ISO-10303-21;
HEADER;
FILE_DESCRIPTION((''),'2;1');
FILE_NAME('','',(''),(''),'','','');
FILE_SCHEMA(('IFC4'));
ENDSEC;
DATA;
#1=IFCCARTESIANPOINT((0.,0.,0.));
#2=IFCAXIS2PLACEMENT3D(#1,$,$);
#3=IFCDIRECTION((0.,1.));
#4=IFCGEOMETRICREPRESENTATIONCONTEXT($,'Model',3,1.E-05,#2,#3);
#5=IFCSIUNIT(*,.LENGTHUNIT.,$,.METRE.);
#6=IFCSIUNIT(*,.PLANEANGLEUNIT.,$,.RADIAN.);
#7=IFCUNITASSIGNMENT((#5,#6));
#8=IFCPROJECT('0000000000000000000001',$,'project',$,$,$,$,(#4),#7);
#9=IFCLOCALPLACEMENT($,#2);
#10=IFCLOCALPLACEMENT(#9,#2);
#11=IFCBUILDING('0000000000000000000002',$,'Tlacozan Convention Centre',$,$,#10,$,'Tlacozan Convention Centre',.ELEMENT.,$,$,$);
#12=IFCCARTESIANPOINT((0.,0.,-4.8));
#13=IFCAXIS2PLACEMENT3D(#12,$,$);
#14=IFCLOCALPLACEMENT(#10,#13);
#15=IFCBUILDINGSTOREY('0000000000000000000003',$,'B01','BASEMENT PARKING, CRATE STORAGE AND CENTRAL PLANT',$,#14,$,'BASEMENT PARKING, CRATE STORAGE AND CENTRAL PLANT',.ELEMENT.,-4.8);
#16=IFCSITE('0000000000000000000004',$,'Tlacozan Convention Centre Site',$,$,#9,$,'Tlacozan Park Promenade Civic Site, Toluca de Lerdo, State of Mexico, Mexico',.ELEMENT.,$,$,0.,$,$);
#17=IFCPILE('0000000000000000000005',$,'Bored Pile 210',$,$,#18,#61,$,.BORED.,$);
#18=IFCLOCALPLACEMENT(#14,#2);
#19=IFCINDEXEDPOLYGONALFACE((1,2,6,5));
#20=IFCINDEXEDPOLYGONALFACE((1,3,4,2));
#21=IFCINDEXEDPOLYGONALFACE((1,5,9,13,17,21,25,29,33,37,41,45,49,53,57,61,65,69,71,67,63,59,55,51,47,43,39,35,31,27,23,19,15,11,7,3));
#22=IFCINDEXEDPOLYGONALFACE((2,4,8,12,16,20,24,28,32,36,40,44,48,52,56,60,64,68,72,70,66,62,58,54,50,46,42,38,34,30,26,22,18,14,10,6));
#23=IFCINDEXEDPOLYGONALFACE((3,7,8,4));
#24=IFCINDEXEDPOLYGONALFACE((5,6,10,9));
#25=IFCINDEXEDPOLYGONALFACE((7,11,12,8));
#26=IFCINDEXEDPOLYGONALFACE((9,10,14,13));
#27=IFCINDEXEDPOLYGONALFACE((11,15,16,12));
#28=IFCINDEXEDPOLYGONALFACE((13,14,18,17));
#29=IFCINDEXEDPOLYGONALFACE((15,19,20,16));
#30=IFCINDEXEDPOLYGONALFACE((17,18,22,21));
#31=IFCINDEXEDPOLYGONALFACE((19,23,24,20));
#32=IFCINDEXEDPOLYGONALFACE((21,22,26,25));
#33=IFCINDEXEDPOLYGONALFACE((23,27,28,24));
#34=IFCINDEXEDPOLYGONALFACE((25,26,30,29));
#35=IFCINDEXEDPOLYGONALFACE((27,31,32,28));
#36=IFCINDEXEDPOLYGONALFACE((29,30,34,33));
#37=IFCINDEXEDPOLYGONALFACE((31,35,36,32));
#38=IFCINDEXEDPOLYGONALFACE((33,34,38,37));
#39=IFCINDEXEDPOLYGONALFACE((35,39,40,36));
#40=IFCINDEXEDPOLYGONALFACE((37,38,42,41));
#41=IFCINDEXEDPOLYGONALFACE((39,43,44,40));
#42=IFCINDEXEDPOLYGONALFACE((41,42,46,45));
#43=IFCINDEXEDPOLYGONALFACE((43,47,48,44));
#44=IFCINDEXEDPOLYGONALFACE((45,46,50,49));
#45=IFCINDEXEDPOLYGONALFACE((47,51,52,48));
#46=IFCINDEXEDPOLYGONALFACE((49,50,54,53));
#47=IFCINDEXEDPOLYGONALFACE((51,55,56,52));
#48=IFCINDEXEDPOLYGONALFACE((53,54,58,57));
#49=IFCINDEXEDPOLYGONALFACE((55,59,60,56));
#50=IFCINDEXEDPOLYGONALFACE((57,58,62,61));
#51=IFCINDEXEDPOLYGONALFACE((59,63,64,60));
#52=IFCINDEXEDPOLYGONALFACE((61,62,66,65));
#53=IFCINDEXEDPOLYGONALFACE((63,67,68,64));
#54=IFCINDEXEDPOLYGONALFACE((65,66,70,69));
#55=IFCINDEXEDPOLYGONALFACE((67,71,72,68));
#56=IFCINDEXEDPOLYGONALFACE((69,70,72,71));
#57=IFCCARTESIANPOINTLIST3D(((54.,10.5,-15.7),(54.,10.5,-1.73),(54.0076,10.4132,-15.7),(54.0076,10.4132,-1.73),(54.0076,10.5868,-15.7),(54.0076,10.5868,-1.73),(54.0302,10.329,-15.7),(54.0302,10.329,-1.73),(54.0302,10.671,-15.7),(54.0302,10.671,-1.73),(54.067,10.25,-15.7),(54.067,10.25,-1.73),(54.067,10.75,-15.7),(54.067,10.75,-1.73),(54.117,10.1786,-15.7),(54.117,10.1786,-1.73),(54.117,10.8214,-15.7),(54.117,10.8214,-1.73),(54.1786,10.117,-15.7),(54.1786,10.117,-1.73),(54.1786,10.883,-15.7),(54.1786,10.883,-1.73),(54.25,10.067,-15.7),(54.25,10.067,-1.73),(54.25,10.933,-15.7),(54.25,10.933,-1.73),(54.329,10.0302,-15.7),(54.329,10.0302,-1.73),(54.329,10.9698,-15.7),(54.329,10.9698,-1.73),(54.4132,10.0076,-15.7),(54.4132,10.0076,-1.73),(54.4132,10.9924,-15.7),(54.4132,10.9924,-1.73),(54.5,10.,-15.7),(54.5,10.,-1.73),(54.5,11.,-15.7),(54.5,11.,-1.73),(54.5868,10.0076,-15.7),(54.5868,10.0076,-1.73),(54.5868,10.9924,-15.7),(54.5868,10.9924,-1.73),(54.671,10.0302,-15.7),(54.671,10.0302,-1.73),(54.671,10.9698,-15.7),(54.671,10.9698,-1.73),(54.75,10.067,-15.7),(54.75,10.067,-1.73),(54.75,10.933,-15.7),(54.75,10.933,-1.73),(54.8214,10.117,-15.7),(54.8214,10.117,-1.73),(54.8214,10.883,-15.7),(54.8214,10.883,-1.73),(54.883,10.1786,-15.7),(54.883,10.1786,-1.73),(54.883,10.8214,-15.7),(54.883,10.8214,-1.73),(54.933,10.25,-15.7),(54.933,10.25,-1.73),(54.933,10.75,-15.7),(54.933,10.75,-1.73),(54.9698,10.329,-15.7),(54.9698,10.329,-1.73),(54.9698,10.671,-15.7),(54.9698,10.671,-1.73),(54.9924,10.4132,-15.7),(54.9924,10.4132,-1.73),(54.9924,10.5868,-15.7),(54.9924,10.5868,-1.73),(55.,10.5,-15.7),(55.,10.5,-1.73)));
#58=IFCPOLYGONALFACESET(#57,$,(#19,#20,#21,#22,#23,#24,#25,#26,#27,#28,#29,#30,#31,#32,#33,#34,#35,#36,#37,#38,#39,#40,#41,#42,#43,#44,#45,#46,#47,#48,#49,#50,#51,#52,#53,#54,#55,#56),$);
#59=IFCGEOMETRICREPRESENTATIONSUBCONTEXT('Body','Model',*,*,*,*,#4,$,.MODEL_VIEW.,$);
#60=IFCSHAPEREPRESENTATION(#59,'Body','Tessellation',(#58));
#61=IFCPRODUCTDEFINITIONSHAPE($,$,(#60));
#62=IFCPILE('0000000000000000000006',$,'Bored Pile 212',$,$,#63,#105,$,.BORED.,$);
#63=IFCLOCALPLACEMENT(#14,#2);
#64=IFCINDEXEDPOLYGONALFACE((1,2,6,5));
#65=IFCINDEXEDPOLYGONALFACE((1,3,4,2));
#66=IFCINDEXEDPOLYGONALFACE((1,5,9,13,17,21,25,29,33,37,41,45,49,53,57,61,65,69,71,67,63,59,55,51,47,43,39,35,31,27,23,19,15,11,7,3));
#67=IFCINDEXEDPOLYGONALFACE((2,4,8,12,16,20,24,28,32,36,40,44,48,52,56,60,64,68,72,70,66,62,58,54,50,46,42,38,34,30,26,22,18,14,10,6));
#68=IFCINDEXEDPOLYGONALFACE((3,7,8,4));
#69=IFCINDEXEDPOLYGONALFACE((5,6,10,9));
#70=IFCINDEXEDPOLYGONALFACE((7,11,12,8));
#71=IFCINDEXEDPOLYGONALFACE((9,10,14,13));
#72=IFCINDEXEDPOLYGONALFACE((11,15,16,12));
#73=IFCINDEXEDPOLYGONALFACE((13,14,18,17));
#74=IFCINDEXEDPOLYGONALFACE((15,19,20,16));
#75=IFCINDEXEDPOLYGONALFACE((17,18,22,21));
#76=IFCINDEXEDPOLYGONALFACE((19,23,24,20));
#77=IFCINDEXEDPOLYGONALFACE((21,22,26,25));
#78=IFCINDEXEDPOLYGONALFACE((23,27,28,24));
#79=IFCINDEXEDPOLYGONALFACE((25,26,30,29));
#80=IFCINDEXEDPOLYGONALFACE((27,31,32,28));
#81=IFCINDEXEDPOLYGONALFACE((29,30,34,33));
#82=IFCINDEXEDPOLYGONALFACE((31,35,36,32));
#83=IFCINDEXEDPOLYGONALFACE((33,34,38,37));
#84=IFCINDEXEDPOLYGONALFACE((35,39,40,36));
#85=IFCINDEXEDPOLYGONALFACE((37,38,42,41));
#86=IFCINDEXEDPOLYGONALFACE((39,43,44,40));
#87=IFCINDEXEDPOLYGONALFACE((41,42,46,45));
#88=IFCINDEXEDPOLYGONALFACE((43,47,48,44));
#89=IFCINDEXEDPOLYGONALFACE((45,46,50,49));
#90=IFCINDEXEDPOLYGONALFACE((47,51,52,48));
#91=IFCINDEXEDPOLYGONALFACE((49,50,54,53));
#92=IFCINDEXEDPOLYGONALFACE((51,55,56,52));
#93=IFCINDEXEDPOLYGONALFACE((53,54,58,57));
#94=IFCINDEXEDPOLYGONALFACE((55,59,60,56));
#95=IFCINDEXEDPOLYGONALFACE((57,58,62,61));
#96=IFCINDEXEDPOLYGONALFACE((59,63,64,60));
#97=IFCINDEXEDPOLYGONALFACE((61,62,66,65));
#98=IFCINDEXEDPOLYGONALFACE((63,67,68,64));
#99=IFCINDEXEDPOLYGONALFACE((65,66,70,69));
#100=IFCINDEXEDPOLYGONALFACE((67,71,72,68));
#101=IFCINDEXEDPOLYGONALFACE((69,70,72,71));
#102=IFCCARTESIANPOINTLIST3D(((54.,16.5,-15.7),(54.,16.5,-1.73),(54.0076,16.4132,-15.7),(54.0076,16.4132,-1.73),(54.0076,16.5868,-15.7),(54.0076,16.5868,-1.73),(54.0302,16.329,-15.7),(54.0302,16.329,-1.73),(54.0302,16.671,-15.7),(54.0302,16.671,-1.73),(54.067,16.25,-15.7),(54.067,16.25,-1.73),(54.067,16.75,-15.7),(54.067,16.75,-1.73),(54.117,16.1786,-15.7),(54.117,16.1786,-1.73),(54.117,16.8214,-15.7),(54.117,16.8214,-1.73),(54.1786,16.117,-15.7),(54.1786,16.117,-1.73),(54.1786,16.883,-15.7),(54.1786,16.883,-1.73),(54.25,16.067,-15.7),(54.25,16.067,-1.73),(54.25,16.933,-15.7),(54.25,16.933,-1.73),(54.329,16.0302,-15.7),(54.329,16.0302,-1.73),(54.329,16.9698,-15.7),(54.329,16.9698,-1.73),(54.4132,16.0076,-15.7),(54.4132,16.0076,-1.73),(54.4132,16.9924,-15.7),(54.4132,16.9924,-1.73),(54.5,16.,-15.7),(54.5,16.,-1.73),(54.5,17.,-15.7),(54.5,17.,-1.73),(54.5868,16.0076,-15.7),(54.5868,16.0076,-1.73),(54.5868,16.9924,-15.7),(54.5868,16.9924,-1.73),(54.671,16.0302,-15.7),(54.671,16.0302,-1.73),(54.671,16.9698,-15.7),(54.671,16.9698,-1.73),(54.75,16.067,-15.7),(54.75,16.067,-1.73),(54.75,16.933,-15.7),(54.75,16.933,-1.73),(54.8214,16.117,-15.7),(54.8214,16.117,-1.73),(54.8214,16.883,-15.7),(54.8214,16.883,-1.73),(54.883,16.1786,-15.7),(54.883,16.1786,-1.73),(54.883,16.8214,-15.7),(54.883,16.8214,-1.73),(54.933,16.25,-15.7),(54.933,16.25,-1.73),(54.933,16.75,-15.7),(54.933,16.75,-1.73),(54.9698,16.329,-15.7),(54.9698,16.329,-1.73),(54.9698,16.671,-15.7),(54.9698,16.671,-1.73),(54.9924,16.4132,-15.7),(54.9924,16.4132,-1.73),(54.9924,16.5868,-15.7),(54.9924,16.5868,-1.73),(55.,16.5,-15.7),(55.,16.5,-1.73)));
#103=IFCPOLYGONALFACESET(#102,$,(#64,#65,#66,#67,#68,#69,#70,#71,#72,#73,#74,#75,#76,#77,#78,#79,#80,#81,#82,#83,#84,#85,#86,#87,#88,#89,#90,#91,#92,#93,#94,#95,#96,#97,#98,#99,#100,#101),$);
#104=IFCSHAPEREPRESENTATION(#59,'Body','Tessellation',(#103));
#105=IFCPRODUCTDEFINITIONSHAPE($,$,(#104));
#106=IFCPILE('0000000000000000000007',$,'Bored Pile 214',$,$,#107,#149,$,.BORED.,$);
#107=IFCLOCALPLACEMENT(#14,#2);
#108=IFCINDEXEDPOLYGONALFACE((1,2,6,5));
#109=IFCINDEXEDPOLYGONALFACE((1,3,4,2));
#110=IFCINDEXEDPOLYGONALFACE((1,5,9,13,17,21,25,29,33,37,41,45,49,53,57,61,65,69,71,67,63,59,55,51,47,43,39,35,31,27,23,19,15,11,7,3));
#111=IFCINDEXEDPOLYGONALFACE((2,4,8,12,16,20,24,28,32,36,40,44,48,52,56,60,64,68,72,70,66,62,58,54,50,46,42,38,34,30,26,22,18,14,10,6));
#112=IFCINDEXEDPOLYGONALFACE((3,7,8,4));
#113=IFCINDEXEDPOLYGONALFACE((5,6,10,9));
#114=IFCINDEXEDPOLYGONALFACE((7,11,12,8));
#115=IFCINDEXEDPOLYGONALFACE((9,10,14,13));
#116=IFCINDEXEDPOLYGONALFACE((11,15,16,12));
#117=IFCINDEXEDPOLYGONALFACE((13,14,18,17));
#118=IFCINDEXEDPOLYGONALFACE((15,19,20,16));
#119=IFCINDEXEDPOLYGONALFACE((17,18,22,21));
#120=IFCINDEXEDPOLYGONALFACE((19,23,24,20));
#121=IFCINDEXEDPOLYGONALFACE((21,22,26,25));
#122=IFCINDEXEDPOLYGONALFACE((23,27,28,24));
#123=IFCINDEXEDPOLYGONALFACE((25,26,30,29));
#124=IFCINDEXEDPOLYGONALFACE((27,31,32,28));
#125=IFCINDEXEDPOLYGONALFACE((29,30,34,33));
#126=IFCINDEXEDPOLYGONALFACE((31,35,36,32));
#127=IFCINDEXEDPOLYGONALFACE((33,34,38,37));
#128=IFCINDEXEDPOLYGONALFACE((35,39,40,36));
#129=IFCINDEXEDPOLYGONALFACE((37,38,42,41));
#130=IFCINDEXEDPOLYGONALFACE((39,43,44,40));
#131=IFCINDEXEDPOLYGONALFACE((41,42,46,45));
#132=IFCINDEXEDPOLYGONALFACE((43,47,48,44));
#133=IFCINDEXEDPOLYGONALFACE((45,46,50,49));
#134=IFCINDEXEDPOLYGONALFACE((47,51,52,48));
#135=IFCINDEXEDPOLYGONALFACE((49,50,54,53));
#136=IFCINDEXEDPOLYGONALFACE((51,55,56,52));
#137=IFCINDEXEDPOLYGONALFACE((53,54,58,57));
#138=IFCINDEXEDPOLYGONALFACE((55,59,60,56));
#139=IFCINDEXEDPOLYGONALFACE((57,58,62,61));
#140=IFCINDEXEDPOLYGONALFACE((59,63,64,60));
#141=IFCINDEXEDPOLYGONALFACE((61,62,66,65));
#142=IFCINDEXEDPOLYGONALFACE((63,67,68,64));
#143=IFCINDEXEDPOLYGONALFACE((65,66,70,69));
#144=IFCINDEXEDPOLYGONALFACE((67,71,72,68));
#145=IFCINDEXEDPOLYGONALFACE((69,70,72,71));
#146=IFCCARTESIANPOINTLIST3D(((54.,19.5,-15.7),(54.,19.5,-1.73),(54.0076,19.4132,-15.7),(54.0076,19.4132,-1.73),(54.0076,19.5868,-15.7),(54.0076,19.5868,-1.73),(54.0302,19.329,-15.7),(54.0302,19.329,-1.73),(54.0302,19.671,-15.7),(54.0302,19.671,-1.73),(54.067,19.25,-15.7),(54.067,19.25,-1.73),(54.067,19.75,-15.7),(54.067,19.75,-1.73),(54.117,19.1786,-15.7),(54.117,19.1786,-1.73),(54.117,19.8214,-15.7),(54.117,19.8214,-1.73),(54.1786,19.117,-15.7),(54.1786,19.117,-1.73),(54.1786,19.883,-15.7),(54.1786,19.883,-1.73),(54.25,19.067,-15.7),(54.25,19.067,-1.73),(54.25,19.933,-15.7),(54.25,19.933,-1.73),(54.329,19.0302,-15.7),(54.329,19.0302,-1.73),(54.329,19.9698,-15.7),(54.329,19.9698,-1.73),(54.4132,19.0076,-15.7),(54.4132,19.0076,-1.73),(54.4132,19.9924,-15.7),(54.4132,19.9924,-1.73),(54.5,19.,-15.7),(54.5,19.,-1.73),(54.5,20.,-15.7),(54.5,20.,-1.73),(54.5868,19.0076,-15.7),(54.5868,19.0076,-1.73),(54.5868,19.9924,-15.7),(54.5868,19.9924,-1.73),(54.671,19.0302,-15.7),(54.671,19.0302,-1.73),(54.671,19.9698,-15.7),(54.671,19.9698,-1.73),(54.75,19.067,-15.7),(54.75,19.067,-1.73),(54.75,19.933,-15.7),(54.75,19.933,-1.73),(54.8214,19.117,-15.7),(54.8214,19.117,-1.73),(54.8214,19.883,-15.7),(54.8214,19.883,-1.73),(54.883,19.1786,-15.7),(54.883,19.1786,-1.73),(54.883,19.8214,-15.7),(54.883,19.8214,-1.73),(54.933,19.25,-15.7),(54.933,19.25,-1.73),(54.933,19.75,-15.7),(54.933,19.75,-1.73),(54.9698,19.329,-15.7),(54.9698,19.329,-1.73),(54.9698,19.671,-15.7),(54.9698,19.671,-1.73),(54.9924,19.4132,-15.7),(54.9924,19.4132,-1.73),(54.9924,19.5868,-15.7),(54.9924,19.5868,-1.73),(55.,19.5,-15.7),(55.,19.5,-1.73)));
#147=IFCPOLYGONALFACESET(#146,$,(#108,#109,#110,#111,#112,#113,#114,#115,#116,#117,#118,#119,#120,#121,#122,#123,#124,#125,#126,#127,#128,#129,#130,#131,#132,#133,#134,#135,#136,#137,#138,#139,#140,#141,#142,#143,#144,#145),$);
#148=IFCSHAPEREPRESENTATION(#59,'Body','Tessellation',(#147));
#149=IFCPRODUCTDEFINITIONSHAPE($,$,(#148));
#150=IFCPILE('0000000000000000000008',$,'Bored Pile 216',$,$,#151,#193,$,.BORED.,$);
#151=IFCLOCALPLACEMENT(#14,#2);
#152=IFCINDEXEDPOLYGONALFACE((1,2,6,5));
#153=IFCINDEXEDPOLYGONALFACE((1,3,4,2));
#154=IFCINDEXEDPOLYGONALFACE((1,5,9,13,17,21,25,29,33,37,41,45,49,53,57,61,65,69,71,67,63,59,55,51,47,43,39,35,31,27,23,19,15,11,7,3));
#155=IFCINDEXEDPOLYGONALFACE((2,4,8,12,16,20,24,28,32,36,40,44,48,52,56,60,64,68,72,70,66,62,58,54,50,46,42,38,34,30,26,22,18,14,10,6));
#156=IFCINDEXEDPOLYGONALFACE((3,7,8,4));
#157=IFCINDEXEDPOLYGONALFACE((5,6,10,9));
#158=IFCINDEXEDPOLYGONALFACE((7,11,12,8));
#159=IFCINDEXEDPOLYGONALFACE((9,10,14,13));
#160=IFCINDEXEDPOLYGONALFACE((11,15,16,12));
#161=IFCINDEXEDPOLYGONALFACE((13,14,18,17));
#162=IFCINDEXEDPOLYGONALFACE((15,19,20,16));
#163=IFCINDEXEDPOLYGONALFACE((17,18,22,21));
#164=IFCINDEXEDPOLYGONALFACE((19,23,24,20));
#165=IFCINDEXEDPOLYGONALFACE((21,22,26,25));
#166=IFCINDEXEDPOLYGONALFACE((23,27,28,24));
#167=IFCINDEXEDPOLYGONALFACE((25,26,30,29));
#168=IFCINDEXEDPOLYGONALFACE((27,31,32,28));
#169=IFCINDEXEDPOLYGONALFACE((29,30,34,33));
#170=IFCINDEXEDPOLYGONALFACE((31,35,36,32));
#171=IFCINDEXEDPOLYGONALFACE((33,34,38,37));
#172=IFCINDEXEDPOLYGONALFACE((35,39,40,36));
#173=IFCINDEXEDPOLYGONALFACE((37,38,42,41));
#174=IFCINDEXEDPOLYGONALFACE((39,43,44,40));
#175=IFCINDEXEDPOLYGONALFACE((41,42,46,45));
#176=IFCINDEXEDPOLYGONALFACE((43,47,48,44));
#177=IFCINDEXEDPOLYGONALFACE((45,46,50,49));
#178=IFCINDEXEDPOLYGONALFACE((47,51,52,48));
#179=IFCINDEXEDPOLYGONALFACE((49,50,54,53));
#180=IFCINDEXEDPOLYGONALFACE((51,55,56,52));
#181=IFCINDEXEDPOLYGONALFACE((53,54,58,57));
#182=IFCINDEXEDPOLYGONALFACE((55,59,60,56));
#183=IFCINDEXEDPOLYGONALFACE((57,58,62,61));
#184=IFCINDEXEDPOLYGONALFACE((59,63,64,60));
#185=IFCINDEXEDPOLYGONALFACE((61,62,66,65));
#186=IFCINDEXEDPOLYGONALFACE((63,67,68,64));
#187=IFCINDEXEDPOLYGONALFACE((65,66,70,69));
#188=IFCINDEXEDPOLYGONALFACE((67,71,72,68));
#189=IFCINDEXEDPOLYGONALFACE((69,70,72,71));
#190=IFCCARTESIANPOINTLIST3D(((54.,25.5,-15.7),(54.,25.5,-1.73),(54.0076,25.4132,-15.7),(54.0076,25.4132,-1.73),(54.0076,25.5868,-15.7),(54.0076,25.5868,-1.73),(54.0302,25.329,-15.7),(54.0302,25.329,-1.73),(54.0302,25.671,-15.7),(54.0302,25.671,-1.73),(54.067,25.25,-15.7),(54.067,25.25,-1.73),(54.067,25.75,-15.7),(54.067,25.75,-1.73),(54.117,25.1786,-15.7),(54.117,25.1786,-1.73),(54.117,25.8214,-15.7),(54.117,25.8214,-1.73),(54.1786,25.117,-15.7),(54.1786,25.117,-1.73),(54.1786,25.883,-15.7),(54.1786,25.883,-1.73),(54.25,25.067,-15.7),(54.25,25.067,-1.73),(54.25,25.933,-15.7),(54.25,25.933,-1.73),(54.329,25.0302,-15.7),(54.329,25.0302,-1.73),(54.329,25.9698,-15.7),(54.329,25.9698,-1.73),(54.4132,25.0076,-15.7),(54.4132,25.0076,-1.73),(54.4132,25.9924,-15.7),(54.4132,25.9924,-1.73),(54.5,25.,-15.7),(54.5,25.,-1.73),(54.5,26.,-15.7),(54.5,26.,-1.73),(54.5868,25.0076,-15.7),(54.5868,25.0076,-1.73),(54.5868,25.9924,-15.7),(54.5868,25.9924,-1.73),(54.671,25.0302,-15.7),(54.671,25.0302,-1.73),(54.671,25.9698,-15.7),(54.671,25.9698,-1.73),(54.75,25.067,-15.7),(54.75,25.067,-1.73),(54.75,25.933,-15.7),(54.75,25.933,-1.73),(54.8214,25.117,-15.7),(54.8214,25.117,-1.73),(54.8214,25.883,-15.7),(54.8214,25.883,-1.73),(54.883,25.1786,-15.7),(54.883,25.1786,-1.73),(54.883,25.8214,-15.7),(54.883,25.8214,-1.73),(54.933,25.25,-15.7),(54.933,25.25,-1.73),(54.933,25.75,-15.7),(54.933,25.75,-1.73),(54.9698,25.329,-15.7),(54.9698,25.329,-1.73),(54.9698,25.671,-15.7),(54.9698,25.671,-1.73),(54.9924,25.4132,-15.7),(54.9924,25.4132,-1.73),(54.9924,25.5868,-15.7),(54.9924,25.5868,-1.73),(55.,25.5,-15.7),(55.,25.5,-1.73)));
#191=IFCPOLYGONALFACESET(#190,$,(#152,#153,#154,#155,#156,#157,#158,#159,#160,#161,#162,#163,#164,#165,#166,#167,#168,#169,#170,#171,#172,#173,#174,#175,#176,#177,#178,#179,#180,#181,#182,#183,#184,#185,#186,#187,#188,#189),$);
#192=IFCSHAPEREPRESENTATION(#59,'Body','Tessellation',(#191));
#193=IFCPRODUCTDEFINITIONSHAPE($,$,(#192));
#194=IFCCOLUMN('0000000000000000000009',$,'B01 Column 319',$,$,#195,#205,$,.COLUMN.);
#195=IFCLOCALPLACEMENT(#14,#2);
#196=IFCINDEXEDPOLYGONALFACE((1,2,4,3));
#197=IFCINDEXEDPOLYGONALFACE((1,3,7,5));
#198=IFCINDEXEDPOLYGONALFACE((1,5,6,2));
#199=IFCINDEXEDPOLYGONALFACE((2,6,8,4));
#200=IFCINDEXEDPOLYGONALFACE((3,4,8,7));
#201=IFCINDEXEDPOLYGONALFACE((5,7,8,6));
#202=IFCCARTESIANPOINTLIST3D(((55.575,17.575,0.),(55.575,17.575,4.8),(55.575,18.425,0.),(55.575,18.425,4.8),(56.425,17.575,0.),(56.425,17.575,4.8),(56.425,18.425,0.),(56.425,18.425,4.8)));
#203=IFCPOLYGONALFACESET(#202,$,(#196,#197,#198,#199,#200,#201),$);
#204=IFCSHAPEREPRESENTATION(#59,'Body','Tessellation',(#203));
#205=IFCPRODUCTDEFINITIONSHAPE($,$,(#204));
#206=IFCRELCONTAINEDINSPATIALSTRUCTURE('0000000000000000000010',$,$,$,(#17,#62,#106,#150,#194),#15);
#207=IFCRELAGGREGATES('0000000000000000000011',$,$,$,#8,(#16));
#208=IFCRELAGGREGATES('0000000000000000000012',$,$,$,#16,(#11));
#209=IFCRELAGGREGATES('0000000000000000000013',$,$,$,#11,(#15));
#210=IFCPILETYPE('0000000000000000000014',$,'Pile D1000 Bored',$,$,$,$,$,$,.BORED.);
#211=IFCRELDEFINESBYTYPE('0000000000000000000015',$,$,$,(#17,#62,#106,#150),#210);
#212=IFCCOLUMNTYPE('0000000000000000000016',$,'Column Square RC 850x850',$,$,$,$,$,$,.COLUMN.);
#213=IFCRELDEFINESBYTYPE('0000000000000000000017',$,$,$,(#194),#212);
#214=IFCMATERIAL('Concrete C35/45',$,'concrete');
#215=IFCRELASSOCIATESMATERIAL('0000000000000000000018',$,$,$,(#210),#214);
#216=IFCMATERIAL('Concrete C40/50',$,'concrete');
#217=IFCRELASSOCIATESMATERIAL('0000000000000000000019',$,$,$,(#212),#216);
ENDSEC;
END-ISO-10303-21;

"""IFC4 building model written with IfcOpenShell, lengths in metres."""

from ifc_helpers import new_model, si_unit, direction, frame, origin, origin_2d, place, context, subcontext, project, spatial, rectangle, circle, extrude, material, material_profile, profile_set, type_object, element, save


model = new_model("IFC4")

# Units and contexts
model_context = context("Model", 3, precision=1e-05, world=origin(), true_north=direction((0.0, 1.0)))
body_context = subcontext(model_context, "Body", "Model", "MODEL_VIEW")
ifc_project = project(units=[si_unit("LENGTHUNIT", "METRE"), si_unit("PLANEANGLEUNIT", "RADIAN")], contexts=[model_context])

# Site, building, storey
site_placement = place(None, origin())
site = spatial("IfcSite", under=ifc_project, at=site_placement, Name="Tlacozan Convention Centre Site", LongName="Tlacozan Park Promenade Civic Site, Toluca de Lerdo, State of Mexico, Mexico", CompositionType="ELEMENT", RefElevation=0.0)
building_placement = place(site_placement, origin())
building = spatial("IfcBuilding", under=site, at=building_placement, Name="Tlacozan Convention Centre", LongName="Tlacozan Convention Centre", CompositionType="ELEMENT")
storey_placement = place(building_placement, frame((0.0, 0.0, -4.8)))
storey = spatial("IfcBuildingStorey", under=building, at=storey_placement, Name="B01", Description="BASEMENT PARKING, CRATE STORAGE AND CENTRAL PLANT", LongName="BASEMENT PARKING, CRATE STORAGE AND CENTRAL PLANT", CompositionType="ELEMENT", Elevation=-4.8)

# Shared definitions
ifc_material_1 = material(Name="Concrete C35/45", Category="concrete")

# Piles
ifc_material_profile_1 = material_profile(ifc_material_1, circle(Radius=0.5, at=origin_2d()), Name="PILE D1000")
ifc_profile_set_1 = profile_set([ifc_material_profile_1], Name="Concrete C35/45")
pile_type = type_object("IfcPileType", Name="Pile D1000 Bored", PredefinedType="BORED", material=ifc_profile_set_1)
for number, where, z_axis, x_axis, name in (
    (1, (54.5, 10.5, -1.73), (0.0, 0.0, -1.0), (1.0, 0.0, 0.0), "Bored Pile 210"),
    (2, (54.5, 16.5, -1.73), (0.0, 0.0, -1.0), (1.0, 0.0, 0.0), "Bored Pile 212"),
    (3, (54.5, 19.5, -1.73), (0.0, 0.0, -1.0), (1.0, 0.0, 0.0), "Bored Pile 214"),
    (4, (54.5, 25.5, -1.73), (0.0, 0.0, -1.0), (1.0, 0.0, 0.0), "Bored Pile 216"),
):
    element("IfcPile", number, at=place(storey_placement, frame(where, z_axis=z_axis, x_axis=x_axis)), inside=storey, type_object=pile_type, Name=name, PredefinedType="BORED", context=body_context, shape_type="SweptSolid", body=[
        extrude(circle(Radius=0.5, at=origin_2d()), origin(), (0.0, 0.0, 1.0), 13.97),
    ])

# Column
ifc_material_2 = material(Name="Concrete C40/50", Category="concrete")
ifc_material_profile_2 = material_profile(ifc_material_2, rectangle(XDim=0.8501, YDim=0.8501, at=origin_2d()), Name="RC 850x850")
ifc_profile_set_2 = profile_set([ifc_material_profile_2], Name="Concrete C40/50")
column_type = type_object("IfcColumnType", Name="Column Square RC 850x850", PredefinedType="COLUMN", material=ifc_profile_set_2)
column_placement = place(storey_placement, frame((56.0, 18.0, 0.0), z_axis=(0.0, 0.0, 1.0), x_axis=(1.0, 0.0, 0.0)))
element("IfcColumn", 5, at=column_placement, inside=storey, type_object=column_type, Name="B01 Column 319", PredefinedType="COLUMN", context=body_context, shape_type="SweptSolid", body=[
    extrude(rectangle(XDim=0.8501, YDim=0.8501, at=origin_2d()), origin(), (0.0, 0.0, 1.0), 4.8),
])

save(model, "model.ifc")
